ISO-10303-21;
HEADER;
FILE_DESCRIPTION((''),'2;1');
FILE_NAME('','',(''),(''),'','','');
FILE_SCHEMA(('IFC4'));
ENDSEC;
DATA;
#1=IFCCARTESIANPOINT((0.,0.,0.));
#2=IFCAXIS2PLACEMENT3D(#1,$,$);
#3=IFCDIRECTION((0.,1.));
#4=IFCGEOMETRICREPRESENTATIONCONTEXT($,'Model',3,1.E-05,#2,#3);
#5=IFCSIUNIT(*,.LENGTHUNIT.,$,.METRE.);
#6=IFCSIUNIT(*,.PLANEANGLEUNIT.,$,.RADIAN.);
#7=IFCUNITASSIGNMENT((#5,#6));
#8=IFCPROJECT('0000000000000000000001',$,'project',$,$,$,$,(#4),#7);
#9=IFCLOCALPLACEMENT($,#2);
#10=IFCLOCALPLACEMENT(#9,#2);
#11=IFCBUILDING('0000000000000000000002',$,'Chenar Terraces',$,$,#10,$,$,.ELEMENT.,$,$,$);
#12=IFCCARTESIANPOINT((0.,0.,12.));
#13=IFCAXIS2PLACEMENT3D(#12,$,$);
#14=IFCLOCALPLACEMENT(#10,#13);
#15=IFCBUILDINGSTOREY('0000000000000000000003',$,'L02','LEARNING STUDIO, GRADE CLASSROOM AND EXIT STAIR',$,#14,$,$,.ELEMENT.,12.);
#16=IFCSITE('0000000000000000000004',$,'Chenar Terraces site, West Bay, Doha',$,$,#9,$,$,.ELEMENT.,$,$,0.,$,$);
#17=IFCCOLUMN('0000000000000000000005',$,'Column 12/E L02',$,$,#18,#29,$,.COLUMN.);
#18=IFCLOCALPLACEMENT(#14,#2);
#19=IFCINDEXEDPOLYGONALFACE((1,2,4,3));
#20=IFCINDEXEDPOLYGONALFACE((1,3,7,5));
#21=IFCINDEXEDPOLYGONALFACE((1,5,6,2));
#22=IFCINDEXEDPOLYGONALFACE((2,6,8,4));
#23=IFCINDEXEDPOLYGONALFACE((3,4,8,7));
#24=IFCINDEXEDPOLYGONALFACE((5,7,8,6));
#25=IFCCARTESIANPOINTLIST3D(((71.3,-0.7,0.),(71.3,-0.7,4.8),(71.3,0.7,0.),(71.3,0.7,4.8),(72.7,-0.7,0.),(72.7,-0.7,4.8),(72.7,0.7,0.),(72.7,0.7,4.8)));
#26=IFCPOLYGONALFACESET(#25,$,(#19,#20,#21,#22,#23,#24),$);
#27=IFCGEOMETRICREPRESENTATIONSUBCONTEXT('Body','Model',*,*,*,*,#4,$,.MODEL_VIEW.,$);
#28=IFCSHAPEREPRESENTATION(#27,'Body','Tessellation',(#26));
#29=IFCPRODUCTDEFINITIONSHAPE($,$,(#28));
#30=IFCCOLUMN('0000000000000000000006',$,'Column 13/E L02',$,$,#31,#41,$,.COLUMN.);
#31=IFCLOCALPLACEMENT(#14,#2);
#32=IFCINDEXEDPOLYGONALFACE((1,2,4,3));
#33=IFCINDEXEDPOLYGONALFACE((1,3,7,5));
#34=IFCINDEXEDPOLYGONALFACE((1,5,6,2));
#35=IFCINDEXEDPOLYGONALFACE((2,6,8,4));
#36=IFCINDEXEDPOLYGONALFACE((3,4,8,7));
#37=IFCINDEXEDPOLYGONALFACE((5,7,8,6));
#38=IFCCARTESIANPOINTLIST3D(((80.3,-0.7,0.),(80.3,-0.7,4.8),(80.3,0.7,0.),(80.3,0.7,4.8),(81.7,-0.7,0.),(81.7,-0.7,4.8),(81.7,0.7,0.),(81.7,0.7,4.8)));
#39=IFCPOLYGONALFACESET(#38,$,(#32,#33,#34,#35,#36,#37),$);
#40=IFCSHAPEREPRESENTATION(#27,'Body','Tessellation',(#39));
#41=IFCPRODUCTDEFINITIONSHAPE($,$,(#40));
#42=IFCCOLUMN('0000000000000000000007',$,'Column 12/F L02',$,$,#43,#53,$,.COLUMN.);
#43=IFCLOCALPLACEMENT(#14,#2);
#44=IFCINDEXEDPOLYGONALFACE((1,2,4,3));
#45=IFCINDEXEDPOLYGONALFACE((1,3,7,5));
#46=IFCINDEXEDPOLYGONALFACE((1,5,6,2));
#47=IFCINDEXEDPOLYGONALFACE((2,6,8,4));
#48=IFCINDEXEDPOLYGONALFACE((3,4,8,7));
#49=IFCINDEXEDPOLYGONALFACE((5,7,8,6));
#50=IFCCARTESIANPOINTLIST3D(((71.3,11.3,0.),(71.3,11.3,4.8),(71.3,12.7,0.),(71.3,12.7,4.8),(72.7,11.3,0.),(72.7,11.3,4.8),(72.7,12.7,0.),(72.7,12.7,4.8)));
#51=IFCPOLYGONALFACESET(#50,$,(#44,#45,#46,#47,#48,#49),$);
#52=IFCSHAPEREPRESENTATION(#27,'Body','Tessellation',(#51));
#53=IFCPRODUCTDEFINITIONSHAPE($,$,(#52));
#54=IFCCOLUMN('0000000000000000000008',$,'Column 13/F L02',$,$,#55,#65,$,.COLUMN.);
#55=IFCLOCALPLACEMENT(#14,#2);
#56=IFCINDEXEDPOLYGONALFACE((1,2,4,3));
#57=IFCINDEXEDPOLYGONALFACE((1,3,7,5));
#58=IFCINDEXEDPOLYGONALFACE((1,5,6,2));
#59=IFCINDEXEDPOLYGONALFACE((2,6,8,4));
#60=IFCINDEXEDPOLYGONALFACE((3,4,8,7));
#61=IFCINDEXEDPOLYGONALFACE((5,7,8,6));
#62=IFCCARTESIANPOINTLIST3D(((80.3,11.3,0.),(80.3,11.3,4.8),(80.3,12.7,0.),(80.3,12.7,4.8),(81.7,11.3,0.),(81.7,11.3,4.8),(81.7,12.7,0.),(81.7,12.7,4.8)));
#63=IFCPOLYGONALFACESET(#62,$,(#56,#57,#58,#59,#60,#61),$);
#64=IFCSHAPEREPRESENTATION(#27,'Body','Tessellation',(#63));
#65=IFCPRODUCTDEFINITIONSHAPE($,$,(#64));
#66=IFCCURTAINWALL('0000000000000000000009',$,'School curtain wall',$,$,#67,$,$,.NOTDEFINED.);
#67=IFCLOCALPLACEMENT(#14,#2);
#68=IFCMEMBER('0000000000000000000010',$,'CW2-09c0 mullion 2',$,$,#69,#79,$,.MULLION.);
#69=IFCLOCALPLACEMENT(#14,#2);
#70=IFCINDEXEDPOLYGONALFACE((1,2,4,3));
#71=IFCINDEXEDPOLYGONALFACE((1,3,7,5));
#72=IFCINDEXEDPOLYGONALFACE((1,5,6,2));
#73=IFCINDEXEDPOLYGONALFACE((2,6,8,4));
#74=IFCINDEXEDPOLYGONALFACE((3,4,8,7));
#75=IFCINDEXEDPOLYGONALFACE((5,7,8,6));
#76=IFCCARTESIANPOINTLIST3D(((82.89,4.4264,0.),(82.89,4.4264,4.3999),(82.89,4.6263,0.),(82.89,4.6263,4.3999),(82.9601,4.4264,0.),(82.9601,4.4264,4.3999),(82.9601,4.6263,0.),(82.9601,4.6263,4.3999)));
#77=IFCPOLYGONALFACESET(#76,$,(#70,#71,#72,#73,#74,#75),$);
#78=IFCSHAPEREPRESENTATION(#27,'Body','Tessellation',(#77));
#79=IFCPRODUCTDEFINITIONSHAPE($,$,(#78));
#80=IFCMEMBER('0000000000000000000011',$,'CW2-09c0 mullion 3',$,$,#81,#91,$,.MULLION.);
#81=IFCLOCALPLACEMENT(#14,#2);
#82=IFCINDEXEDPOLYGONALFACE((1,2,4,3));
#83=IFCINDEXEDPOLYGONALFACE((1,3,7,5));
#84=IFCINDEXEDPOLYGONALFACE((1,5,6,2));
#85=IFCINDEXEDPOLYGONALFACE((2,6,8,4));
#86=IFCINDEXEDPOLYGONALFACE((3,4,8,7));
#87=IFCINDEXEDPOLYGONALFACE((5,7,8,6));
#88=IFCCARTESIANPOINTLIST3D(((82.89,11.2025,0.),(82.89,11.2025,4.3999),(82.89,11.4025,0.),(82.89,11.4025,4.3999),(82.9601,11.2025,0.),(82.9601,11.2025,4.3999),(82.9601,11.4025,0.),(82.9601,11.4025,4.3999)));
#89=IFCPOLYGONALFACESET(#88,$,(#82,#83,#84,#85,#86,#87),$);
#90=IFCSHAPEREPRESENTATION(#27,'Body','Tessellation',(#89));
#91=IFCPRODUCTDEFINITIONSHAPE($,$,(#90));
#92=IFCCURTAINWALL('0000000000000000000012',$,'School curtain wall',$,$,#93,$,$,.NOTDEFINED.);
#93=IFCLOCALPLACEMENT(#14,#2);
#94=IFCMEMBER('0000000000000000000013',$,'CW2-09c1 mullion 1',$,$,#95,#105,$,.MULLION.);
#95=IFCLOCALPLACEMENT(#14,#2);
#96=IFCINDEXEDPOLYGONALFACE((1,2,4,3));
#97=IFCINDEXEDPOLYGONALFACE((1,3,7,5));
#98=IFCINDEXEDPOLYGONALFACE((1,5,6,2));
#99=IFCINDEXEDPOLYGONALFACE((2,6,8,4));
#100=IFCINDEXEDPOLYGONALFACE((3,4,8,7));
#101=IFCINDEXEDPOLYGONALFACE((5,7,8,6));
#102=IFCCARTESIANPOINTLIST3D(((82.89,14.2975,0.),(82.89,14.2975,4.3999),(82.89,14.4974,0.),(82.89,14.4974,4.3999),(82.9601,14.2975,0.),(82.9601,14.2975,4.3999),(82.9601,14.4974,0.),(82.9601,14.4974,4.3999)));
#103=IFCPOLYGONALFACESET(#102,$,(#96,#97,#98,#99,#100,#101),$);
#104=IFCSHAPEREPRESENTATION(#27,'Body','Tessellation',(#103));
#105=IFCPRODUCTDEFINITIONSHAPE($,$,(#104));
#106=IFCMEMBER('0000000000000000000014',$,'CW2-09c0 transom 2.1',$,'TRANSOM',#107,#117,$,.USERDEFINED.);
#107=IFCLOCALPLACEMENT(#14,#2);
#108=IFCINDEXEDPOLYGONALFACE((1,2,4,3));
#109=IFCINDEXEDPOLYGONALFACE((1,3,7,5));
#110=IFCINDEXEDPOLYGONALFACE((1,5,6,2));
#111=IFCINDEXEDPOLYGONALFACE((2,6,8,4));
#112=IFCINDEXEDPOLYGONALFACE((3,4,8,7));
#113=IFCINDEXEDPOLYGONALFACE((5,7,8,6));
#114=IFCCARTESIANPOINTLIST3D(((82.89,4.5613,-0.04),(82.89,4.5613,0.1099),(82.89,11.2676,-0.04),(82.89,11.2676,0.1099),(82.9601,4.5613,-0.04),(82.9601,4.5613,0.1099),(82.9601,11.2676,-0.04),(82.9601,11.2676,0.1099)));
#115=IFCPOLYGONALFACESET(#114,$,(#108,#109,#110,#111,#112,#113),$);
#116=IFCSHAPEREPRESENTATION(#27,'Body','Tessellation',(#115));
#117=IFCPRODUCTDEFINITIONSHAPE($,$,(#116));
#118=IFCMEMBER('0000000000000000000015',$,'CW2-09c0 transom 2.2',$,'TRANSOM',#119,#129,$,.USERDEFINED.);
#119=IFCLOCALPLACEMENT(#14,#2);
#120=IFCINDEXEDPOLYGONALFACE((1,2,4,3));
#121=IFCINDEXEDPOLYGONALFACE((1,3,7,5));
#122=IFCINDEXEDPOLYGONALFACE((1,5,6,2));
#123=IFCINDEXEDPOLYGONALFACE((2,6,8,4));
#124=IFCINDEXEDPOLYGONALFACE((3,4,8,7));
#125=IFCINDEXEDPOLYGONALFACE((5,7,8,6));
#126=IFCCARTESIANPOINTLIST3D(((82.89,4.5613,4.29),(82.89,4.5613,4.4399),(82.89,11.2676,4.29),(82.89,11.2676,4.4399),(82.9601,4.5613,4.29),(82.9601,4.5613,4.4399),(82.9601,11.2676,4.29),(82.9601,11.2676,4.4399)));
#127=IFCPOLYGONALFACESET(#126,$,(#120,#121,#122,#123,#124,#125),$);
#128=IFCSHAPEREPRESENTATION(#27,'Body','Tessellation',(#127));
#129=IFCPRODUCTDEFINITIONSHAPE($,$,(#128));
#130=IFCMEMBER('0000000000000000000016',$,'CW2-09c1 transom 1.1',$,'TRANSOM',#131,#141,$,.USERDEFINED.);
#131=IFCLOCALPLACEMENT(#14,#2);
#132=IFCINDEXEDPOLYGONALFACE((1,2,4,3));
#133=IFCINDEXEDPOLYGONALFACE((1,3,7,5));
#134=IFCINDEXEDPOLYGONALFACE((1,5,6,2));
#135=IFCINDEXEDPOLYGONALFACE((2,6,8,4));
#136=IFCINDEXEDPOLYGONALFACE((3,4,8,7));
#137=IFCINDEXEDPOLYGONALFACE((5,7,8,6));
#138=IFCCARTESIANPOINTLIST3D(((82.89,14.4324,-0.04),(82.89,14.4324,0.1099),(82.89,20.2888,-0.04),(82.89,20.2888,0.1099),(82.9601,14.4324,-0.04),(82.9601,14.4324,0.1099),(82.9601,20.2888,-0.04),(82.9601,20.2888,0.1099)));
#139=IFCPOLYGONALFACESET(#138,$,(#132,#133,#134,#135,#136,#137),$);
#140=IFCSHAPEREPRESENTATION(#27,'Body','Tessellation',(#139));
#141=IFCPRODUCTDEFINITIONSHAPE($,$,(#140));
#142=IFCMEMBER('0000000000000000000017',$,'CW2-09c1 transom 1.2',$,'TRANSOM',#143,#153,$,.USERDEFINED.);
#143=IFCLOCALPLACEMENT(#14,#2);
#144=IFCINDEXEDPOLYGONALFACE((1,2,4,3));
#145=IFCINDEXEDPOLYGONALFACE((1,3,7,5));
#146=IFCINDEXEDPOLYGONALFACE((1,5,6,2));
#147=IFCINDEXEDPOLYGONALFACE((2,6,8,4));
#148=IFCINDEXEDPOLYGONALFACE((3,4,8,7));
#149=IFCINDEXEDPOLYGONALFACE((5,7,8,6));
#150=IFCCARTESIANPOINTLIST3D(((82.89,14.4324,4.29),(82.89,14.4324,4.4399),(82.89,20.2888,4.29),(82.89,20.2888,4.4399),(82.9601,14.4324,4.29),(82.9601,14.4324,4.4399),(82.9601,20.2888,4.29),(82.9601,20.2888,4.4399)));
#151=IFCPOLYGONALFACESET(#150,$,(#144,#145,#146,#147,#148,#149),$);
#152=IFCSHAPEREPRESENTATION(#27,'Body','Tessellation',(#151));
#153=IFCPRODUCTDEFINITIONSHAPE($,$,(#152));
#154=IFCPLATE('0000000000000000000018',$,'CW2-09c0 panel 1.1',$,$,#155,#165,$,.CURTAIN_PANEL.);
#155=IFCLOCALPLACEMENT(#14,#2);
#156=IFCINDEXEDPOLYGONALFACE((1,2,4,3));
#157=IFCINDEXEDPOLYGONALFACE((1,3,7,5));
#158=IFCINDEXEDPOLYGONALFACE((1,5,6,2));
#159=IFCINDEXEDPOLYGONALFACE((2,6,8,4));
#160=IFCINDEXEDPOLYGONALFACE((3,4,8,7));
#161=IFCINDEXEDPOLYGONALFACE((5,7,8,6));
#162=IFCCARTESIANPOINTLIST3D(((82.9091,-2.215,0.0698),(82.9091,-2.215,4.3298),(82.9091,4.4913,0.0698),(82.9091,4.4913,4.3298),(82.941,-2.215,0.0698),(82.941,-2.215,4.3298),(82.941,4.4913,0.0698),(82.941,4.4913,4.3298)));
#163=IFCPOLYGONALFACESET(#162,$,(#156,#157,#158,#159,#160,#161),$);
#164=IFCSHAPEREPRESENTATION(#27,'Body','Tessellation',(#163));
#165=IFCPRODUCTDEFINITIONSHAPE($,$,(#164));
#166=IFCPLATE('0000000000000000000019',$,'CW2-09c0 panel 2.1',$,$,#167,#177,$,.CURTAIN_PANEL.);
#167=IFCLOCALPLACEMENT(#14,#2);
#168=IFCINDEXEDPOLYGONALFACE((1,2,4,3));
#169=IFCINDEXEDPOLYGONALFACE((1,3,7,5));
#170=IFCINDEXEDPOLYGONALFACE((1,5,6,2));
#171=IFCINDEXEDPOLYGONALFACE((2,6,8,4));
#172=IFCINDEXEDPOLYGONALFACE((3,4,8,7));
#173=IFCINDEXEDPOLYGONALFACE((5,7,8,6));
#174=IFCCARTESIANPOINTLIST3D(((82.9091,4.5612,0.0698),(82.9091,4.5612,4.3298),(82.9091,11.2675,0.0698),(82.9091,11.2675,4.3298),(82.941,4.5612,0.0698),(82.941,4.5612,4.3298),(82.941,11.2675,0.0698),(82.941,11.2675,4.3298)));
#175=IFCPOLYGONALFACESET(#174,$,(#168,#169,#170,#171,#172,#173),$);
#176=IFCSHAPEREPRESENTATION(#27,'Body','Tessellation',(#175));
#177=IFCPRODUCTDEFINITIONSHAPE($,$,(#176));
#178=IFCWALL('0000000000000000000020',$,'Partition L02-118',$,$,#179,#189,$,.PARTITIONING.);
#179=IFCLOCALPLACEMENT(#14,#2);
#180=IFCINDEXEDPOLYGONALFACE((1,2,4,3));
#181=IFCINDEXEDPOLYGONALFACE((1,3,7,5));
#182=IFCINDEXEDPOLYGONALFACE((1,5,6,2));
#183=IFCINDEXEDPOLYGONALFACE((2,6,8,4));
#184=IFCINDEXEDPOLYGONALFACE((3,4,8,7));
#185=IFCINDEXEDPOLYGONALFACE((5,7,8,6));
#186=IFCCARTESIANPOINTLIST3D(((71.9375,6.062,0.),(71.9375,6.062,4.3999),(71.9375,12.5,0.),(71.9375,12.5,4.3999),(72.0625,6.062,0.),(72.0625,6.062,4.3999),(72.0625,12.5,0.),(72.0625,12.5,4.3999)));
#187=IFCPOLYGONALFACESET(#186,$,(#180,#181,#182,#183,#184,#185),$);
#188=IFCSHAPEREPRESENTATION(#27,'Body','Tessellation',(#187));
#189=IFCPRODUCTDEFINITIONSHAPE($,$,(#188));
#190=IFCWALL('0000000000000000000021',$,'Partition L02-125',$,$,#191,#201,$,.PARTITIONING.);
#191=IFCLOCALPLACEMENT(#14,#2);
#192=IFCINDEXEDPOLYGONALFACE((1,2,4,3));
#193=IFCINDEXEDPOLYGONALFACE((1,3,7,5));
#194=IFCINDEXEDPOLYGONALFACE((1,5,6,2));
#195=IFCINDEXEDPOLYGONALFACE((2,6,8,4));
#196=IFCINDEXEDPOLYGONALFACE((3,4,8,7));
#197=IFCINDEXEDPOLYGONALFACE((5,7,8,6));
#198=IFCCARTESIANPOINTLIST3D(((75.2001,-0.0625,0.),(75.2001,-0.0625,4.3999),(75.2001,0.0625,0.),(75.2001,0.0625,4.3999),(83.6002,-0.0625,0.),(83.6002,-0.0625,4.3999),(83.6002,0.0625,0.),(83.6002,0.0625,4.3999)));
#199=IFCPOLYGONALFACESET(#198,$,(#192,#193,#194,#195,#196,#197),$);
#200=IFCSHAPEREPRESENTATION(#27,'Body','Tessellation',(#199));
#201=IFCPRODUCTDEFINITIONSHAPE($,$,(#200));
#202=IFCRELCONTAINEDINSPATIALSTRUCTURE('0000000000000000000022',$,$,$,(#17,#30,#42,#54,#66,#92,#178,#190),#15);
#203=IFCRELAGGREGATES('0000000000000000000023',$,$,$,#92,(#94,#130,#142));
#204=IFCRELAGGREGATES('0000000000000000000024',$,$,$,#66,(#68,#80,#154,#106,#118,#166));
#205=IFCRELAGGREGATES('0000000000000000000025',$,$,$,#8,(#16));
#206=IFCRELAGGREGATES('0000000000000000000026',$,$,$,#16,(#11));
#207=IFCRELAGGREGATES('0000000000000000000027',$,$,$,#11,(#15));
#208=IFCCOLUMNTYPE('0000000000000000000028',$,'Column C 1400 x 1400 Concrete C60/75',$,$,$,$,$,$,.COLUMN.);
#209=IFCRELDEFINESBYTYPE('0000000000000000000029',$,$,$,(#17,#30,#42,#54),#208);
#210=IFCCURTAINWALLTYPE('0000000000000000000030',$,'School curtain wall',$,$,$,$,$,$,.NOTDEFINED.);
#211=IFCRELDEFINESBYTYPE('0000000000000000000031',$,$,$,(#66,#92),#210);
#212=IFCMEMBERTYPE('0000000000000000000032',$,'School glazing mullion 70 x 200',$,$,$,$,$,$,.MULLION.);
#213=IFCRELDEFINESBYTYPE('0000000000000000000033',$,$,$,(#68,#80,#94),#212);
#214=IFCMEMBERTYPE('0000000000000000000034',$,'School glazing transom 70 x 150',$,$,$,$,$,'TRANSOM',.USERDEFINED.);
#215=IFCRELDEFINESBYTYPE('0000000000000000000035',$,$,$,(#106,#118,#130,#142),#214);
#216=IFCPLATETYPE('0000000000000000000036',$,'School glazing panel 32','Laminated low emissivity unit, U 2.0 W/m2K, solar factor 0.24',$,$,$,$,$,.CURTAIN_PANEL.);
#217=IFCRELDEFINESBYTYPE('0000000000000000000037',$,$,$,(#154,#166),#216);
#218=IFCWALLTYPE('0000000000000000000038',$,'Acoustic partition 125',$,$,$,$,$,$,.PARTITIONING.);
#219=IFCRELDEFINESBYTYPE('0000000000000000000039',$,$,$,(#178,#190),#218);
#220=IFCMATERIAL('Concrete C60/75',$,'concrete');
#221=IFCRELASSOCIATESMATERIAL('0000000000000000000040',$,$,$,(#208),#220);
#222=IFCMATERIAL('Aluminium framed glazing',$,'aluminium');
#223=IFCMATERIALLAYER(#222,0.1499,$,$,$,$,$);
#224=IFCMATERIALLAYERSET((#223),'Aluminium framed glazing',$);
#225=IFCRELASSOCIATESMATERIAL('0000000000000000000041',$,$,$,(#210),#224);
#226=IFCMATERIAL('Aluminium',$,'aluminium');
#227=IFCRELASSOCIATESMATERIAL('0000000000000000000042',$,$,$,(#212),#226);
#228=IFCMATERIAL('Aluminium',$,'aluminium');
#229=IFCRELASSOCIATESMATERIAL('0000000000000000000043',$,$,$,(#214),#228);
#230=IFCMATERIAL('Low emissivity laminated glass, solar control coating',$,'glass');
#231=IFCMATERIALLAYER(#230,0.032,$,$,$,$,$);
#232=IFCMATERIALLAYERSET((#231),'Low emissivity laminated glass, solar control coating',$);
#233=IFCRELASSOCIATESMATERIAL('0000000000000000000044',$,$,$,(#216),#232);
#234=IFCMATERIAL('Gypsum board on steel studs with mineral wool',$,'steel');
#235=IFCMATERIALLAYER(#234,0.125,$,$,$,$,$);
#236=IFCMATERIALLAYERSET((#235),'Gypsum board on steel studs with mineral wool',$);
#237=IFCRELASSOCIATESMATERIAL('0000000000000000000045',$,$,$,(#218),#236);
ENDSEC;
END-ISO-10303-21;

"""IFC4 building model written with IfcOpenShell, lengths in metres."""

from ifc_helpers import new_model, si_unit, direction, frame, frame_2d, origin, origin_2d, place, context, subcontext, project, spatial, rectangle, extrude, material, layer, layer_set, material_profile, profile_set, type_object, element, aggregate, save


model = new_model("IFC4")

# Units and contexts
model_context = context("Model", 3, precision=1e-05, world=origin(), true_north=direction((0.0, 1.0)))
body_context = subcontext(model_context, "Body", "Model", "MODEL_VIEW")
ifc_project = project(units=[si_unit("LENGTHUNIT", "METRE"), si_unit("PLANEANGLEUNIT", "RADIAN")], contexts=[model_context])

# Site, building, storey
site_placement = place(None, origin())
site = spatial("IfcSite", under=ifc_project, at=site_placement, Name="Chenar Terraces site, West Bay, Doha", CompositionType="ELEMENT", RefElevation=0.0)
building_placement = place(site_placement, origin())
building = spatial("IfcBuilding", under=site, at=building_placement, Name="Chenar Terraces", CompositionType="ELEMENT")
storey_placement = place(building_placement, frame((0.0, 0.0, 12.0)))
storey = spatial("IfcBuildingStorey", under=building, at=storey_placement, Name="L02", Description="LEARNING STUDIO, GRADE CLASSROOM AND EXIT STAIR", CompositionType="ELEMENT", Elevation=12.0)

# Columns
ifc_material_1 = material(Name="Concrete C60/75", Category="concrete")
ifc_material_profile_1 = material_profile(ifc_material_1, rectangle(XDim=1.3999, YDim=1.3999, at=origin_2d()), Name="C 1400 x 1400")
ifc_profile_set_1 = profile_set([ifc_material_profile_1], Name="Concrete C60/75")
column_type = type_object("IfcColumnType", Name="Column C 1400 x 1400 Concrete C60/75", PredefinedType="COLUMN", material=ifc_profile_set_1)
for number, where, z_axis, x_axis, name in (
    (1, (72.0, 0.0, 0.0), (0.0, 0.0, 1.0), (1.0, 0.0, 0.0), "Column 12/E L02"),
    (2, (81.0, 0.0, 0.0), (0.0, 0.0, 1.0), (1.0, 0.0, 0.0), "Column 13/E L02"),
    (3, (72.0, 12.0, 0.0), (0.0, 0.0, 1.0), (1.0, 0.0, 0.0), "Column 12/F L02"),
    (4, (81.0, 12.0, 0.0), (0.0, 0.0, 1.0), (1.0, 0.0, 0.0), "Column 13/F L02"),
):
    element("IfcColumn", number, at=place(storey_placement, frame(where, z_axis=z_axis, x_axis=x_axis)), inside=storey, type_object=column_type, Name=name, PredefinedType="COLUMN", context=body_context, shape_type="SweptSolid", body=[
        extrude(rectangle(XDim=1.3999, YDim=1.3999, at=origin_2d()), origin(), (0.0, 0.0, 1.0), 4.8),
    ])

# Curtain wall, members
ifc_material_2 = material(Name="Aluminium framed glazing", Category="aluminium")
ifc_layer_1 = layer(ifc_material_2, 0.1499)
ifc_layer_set_1 = layer_set([ifc_layer_1], Name="Aluminium framed glazing")
curtain_wall_type = type_object("IfcCurtainWallType", Name="School curtain wall", PredefinedType="NOTDEFINED", material=ifc_layer_set_1)
placement = place(storey_placement, origin())
curtain_wall_1 = element("IfcCurtainWall", 5, at=placement, inside=storey, type_object=curtain_wall_type, Name="School curtain wall", PredefinedType="NOTDEFINED")
ifc_material_3 = material(Name="Aluminium", Category="aluminium")
ifc_material_profile_2 = material_profile(ifc_material_3, rectangle(XDim=0.0701, YDim=0.2, at=origin_2d()), Name="School glazing mullion 70 x 200")
ifc_profile_set_2 = profile_set([ifc_material_profile_2], Name="Aluminium")
member_type_1 = type_object("IfcMemberType", Name="School glazing mullion 70 x 200", PredefinedType="MULLION", material=ifc_profile_set_2)
member_1_placement = place(storey_placement, frame((82.925, 4.5264, 0.0), z_axis=(0.0, 0.0, 1.0), x_axis=(-1.0, 0.0, 0.0)))
member_1 = element("IfcMember", 6, at=member_1_placement, type_object=member_type_1, Name="CW2-09c0 mullion 2", PredefinedType="MULLION", context=body_context, shape_type="SweptSolid", body=[
    extrude(rectangle(XDim=0.0701, YDim=0.2, at=origin_2d()), origin(), (0.0, 0.0, 1.0), 4.3999),
])
member_2_placement = place(storey_placement, frame((82.925, 11.3025, 0.0), z_axis=(0.0, 0.0, 1.0), x_axis=(-1.0, 0.0, 0.0)))
member_2 = element("IfcMember", 7, at=member_2_placement, type_object=member_type_1, Name="CW2-09c0 mullion 3", PredefinedType="MULLION", context=body_context, shape_type="SweptSolid", body=[
    extrude(rectangle(XDim=0.0701, YDim=0.2, at=origin_2d()), origin(), (0.0, 0.0, 1.0), 4.3999),
])

# Curtain wall, member
curtain_wall_2 = element("IfcCurtainWall", 8, at=placement, inside=storey, type_object=curtain_wall_type, Name="School curtain wall", PredefinedType="NOTDEFINED")
member_3_placement = place(storey_placement, frame((82.925, 14.3975, 0.0), z_axis=(0.0, 0.0, 1.0), x_axis=(-1.0, 0.0, 0.0)))
member_3 = element("IfcMember", 9, at=member_3_placement, type_object=member_type_1, Name="CW2-09c1 mullion 1", PredefinedType="MULLION", context=body_context, shape_type="SweptSolid", body=[
    extrude(rectangle(XDim=0.0701, YDim=0.2, at=origin_2d()), origin(), (0.0, 0.0, 1.0), 4.3999),
])

# Members
ifc_material_4 = material(Name="Aluminium", Category="aluminium")
ifc_material_profile_3 = material_profile(ifc_material_4, rectangle(XDim=0.0701, YDim=0.1499, at=origin_2d()), Name="School glazing transom 70 x 150")
ifc_profile_set_3 = profile_set([ifc_material_profile_3], Name="Aluminium")
member_type_2 = type_object("IfcMemberType", Name="School glazing transom 70 x 150", ElementType="TRANSOM", PredefinedType="USERDEFINED", material=ifc_profile_set_3)
member_4_placement = place(storey_placement, frame((82.925, 4.5613, 0.0349), z_axis=(0.0, 1.0, 0.0), x_axis=(-1.0, 0.0, 0.0)))
member_4 = element("IfcMember", 10, at=member_4_placement, type_object=member_type_2, Name="CW2-09c0 transom 2.1", ObjectType="TRANSOM", PredefinedType="USERDEFINED", context=body_context, shape_type="SweptSolid", body=[
    extrude(rectangle(XDim=0.0701, YDim=0.1499, at=origin_2d()), origin(), (0.0, 0.0, 1.0), 6.7063),
])
member_5_placement = place(storey_placement, frame((82.925, 4.5613, 4.365), z_axis=(0.0, 1.0, 0.0), x_axis=(-1.0, 0.0, 0.0)))
member_5 = element("IfcMember", 11, at=member_5_placement, type_object=member_type_2, Name="CW2-09c0 transom 2.2", ObjectType="TRANSOM", PredefinedType="USERDEFINED", context=body_context, shape_type="SweptSolid", body=[
    extrude(rectangle(XDim=0.0701, YDim=0.1499, at=origin_2d()), origin(), (0.0, 0.0, 1.0), 6.7063),
])
member_6_placement = place(storey_placement, frame((82.925, 14.4324, 0.0349), z_axis=(0.0, 1.0, 0.0), x_axis=(-1.0, 0.0, 0.0)))
member_6 = element("IfcMember", 12, at=member_6_placement, type_object=member_type_2, Name="CW2-09c1 transom 1.1", ObjectType="TRANSOM", PredefinedType="USERDEFINED", context=body_context, shape_type="SweptSolid", body=[
    extrude(rectangle(XDim=0.0701, YDim=0.1499, at=origin_2d()), origin(), (0.0, 0.0, 1.0), 5.8564),
])
member_7_placement = place(storey_placement, frame((82.925, 14.4324, 4.365), z_axis=(0.0, 1.0, 0.0), x_axis=(-1.0, 0.0, 0.0)))
member_7 = element("IfcMember", 13, at=member_7_placement, type_object=member_type_2, Name="CW2-09c1 transom 1.2", ObjectType="TRANSOM", PredefinedType="USERDEFINED", context=body_context, shape_type="SweptSolid", body=[
    extrude(rectangle(XDim=0.0701, YDim=0.1499, at=origin_2d()), origin(), (0.0, 0.0, 1.0), 5.8564),
])
aggregate(curtain_wall_2, [member_3, member_6, member_7])

# Plates
ifc_material_5 = material(Name="Low emissivity laminated glass, solar control coating", Category="glass")
ifc_layer_2 = layer(ifc_material_5, 0.032)
ifc_layer_set_2 = layer_set([ifc_layer_2], Name="Low emissivity laminated glass, solar control coating")
plate_type = type_object("IfcPlateType", Name="School glazing panel 32", Description="Laminated low emissivity unit, U 2.0 W/m2K, solar factor 0.24", PredefinedType="CURTAIN_PANEL", material=ifc_layer_set_2)
plate_1_placement = place(storey_placement, frame((82.925, 1.1382, 0.0698), z_axis=(0.0, 0.0, 1.0), x_axis=(0.0, 1.0, 0.0)))
plate_1 = element("IfcPlate", 14, at=plate_1_placement, type_object=plate_type, Name="CW2-09c0 panel 1.1", PredefinedType="CURTAIN_PANEL", context=body_context, shape_type="SweptSolid", body=[
    extrude(rectangle(XDim=6.7063, YDim=0.032, at=origin_2d()), origin(), (0.0, 0.0, 1.0), 4.26),
])
plate_2_placement = place(storey_placement, frame((82.925, 7.9143, 0.0698), z_axis=(0.0, 0.0, 1.0), x_axis=(0.0, 1.0, 0.0)))
plate_2 = element("IfcPlate", 15, at=plate_2_placement, type_object=plate_type, Name="CW2-09c0 panel 2.1", PredefinedType="CURTAIN_PANEL", context=body_context, shape_type="SweptSolid", body=[
    extrude(rectangle(XDim=6.7063, YDim=0.032, at=origin_2d()), origin(), (0.0, 0.0, 1.0), 4.26),
])
aggregate(curtain_wall_1, [member_1, member_2, plate_1, member_4, member_5, plate_2])

# Walls
ifc_material_6 = material(Name="Gypsum board on steel studs with mineral wool", Category="steel")
ifc_layer_3 = layer(ifc_material_6, 0.125)
ifc_layer_set_3 = layer_set([ifc_layer_3], Name="Gypsum board on steel studs with mineral wool")
wall_type_1 = type_object("IfcWallType", Name="Acoustic partition 125", PredefinedType="PARTITIONING", material=ifc_layer_set_3)
wall_1_placement = place(storey_placement, frame((72.0, 6.062, 0.0), z_axis=(0.0, 0.0, 1.0), x_axis=(0.0, 1.0, 0.0)))
element("IfcWall", 16, at=wall_1_placement, inside=storey, type_object=wall_type_1, Name="Partition L02-118", PredefinedType="PARTITIONING", context=body_context, shape_type="SweptSolid", body=[
    extrude(rectangle(XDim=6.438, YDim=0.125, at=frame_2d((3.219, 0.0))), origin(), (0.0, 0.0, 1.0), 4.3999),
])
wall_2_placement = place(storey_placement, frame((75.2, 0.0, 0.0), z_axis=(0.0, 0.0, 1.0), x_axis=(1.0, 0.0, 0.0)))
element("IfcWall", 17, at=wall_2_placement, inside=storey, type_object=wall_type_1, Name="Partition L02-125", PredefinedType="PARTITIONING", context=body_context, shape_type="SweptSolid", body=[
    extrude(rectangle(XDim=8.4001, YDim=0.125, at=frame_2d((4.2002, 0.0))), origin(), (0.0, 0.0, 1.0), 4.3999),
])

save(model, "model.ifc")
